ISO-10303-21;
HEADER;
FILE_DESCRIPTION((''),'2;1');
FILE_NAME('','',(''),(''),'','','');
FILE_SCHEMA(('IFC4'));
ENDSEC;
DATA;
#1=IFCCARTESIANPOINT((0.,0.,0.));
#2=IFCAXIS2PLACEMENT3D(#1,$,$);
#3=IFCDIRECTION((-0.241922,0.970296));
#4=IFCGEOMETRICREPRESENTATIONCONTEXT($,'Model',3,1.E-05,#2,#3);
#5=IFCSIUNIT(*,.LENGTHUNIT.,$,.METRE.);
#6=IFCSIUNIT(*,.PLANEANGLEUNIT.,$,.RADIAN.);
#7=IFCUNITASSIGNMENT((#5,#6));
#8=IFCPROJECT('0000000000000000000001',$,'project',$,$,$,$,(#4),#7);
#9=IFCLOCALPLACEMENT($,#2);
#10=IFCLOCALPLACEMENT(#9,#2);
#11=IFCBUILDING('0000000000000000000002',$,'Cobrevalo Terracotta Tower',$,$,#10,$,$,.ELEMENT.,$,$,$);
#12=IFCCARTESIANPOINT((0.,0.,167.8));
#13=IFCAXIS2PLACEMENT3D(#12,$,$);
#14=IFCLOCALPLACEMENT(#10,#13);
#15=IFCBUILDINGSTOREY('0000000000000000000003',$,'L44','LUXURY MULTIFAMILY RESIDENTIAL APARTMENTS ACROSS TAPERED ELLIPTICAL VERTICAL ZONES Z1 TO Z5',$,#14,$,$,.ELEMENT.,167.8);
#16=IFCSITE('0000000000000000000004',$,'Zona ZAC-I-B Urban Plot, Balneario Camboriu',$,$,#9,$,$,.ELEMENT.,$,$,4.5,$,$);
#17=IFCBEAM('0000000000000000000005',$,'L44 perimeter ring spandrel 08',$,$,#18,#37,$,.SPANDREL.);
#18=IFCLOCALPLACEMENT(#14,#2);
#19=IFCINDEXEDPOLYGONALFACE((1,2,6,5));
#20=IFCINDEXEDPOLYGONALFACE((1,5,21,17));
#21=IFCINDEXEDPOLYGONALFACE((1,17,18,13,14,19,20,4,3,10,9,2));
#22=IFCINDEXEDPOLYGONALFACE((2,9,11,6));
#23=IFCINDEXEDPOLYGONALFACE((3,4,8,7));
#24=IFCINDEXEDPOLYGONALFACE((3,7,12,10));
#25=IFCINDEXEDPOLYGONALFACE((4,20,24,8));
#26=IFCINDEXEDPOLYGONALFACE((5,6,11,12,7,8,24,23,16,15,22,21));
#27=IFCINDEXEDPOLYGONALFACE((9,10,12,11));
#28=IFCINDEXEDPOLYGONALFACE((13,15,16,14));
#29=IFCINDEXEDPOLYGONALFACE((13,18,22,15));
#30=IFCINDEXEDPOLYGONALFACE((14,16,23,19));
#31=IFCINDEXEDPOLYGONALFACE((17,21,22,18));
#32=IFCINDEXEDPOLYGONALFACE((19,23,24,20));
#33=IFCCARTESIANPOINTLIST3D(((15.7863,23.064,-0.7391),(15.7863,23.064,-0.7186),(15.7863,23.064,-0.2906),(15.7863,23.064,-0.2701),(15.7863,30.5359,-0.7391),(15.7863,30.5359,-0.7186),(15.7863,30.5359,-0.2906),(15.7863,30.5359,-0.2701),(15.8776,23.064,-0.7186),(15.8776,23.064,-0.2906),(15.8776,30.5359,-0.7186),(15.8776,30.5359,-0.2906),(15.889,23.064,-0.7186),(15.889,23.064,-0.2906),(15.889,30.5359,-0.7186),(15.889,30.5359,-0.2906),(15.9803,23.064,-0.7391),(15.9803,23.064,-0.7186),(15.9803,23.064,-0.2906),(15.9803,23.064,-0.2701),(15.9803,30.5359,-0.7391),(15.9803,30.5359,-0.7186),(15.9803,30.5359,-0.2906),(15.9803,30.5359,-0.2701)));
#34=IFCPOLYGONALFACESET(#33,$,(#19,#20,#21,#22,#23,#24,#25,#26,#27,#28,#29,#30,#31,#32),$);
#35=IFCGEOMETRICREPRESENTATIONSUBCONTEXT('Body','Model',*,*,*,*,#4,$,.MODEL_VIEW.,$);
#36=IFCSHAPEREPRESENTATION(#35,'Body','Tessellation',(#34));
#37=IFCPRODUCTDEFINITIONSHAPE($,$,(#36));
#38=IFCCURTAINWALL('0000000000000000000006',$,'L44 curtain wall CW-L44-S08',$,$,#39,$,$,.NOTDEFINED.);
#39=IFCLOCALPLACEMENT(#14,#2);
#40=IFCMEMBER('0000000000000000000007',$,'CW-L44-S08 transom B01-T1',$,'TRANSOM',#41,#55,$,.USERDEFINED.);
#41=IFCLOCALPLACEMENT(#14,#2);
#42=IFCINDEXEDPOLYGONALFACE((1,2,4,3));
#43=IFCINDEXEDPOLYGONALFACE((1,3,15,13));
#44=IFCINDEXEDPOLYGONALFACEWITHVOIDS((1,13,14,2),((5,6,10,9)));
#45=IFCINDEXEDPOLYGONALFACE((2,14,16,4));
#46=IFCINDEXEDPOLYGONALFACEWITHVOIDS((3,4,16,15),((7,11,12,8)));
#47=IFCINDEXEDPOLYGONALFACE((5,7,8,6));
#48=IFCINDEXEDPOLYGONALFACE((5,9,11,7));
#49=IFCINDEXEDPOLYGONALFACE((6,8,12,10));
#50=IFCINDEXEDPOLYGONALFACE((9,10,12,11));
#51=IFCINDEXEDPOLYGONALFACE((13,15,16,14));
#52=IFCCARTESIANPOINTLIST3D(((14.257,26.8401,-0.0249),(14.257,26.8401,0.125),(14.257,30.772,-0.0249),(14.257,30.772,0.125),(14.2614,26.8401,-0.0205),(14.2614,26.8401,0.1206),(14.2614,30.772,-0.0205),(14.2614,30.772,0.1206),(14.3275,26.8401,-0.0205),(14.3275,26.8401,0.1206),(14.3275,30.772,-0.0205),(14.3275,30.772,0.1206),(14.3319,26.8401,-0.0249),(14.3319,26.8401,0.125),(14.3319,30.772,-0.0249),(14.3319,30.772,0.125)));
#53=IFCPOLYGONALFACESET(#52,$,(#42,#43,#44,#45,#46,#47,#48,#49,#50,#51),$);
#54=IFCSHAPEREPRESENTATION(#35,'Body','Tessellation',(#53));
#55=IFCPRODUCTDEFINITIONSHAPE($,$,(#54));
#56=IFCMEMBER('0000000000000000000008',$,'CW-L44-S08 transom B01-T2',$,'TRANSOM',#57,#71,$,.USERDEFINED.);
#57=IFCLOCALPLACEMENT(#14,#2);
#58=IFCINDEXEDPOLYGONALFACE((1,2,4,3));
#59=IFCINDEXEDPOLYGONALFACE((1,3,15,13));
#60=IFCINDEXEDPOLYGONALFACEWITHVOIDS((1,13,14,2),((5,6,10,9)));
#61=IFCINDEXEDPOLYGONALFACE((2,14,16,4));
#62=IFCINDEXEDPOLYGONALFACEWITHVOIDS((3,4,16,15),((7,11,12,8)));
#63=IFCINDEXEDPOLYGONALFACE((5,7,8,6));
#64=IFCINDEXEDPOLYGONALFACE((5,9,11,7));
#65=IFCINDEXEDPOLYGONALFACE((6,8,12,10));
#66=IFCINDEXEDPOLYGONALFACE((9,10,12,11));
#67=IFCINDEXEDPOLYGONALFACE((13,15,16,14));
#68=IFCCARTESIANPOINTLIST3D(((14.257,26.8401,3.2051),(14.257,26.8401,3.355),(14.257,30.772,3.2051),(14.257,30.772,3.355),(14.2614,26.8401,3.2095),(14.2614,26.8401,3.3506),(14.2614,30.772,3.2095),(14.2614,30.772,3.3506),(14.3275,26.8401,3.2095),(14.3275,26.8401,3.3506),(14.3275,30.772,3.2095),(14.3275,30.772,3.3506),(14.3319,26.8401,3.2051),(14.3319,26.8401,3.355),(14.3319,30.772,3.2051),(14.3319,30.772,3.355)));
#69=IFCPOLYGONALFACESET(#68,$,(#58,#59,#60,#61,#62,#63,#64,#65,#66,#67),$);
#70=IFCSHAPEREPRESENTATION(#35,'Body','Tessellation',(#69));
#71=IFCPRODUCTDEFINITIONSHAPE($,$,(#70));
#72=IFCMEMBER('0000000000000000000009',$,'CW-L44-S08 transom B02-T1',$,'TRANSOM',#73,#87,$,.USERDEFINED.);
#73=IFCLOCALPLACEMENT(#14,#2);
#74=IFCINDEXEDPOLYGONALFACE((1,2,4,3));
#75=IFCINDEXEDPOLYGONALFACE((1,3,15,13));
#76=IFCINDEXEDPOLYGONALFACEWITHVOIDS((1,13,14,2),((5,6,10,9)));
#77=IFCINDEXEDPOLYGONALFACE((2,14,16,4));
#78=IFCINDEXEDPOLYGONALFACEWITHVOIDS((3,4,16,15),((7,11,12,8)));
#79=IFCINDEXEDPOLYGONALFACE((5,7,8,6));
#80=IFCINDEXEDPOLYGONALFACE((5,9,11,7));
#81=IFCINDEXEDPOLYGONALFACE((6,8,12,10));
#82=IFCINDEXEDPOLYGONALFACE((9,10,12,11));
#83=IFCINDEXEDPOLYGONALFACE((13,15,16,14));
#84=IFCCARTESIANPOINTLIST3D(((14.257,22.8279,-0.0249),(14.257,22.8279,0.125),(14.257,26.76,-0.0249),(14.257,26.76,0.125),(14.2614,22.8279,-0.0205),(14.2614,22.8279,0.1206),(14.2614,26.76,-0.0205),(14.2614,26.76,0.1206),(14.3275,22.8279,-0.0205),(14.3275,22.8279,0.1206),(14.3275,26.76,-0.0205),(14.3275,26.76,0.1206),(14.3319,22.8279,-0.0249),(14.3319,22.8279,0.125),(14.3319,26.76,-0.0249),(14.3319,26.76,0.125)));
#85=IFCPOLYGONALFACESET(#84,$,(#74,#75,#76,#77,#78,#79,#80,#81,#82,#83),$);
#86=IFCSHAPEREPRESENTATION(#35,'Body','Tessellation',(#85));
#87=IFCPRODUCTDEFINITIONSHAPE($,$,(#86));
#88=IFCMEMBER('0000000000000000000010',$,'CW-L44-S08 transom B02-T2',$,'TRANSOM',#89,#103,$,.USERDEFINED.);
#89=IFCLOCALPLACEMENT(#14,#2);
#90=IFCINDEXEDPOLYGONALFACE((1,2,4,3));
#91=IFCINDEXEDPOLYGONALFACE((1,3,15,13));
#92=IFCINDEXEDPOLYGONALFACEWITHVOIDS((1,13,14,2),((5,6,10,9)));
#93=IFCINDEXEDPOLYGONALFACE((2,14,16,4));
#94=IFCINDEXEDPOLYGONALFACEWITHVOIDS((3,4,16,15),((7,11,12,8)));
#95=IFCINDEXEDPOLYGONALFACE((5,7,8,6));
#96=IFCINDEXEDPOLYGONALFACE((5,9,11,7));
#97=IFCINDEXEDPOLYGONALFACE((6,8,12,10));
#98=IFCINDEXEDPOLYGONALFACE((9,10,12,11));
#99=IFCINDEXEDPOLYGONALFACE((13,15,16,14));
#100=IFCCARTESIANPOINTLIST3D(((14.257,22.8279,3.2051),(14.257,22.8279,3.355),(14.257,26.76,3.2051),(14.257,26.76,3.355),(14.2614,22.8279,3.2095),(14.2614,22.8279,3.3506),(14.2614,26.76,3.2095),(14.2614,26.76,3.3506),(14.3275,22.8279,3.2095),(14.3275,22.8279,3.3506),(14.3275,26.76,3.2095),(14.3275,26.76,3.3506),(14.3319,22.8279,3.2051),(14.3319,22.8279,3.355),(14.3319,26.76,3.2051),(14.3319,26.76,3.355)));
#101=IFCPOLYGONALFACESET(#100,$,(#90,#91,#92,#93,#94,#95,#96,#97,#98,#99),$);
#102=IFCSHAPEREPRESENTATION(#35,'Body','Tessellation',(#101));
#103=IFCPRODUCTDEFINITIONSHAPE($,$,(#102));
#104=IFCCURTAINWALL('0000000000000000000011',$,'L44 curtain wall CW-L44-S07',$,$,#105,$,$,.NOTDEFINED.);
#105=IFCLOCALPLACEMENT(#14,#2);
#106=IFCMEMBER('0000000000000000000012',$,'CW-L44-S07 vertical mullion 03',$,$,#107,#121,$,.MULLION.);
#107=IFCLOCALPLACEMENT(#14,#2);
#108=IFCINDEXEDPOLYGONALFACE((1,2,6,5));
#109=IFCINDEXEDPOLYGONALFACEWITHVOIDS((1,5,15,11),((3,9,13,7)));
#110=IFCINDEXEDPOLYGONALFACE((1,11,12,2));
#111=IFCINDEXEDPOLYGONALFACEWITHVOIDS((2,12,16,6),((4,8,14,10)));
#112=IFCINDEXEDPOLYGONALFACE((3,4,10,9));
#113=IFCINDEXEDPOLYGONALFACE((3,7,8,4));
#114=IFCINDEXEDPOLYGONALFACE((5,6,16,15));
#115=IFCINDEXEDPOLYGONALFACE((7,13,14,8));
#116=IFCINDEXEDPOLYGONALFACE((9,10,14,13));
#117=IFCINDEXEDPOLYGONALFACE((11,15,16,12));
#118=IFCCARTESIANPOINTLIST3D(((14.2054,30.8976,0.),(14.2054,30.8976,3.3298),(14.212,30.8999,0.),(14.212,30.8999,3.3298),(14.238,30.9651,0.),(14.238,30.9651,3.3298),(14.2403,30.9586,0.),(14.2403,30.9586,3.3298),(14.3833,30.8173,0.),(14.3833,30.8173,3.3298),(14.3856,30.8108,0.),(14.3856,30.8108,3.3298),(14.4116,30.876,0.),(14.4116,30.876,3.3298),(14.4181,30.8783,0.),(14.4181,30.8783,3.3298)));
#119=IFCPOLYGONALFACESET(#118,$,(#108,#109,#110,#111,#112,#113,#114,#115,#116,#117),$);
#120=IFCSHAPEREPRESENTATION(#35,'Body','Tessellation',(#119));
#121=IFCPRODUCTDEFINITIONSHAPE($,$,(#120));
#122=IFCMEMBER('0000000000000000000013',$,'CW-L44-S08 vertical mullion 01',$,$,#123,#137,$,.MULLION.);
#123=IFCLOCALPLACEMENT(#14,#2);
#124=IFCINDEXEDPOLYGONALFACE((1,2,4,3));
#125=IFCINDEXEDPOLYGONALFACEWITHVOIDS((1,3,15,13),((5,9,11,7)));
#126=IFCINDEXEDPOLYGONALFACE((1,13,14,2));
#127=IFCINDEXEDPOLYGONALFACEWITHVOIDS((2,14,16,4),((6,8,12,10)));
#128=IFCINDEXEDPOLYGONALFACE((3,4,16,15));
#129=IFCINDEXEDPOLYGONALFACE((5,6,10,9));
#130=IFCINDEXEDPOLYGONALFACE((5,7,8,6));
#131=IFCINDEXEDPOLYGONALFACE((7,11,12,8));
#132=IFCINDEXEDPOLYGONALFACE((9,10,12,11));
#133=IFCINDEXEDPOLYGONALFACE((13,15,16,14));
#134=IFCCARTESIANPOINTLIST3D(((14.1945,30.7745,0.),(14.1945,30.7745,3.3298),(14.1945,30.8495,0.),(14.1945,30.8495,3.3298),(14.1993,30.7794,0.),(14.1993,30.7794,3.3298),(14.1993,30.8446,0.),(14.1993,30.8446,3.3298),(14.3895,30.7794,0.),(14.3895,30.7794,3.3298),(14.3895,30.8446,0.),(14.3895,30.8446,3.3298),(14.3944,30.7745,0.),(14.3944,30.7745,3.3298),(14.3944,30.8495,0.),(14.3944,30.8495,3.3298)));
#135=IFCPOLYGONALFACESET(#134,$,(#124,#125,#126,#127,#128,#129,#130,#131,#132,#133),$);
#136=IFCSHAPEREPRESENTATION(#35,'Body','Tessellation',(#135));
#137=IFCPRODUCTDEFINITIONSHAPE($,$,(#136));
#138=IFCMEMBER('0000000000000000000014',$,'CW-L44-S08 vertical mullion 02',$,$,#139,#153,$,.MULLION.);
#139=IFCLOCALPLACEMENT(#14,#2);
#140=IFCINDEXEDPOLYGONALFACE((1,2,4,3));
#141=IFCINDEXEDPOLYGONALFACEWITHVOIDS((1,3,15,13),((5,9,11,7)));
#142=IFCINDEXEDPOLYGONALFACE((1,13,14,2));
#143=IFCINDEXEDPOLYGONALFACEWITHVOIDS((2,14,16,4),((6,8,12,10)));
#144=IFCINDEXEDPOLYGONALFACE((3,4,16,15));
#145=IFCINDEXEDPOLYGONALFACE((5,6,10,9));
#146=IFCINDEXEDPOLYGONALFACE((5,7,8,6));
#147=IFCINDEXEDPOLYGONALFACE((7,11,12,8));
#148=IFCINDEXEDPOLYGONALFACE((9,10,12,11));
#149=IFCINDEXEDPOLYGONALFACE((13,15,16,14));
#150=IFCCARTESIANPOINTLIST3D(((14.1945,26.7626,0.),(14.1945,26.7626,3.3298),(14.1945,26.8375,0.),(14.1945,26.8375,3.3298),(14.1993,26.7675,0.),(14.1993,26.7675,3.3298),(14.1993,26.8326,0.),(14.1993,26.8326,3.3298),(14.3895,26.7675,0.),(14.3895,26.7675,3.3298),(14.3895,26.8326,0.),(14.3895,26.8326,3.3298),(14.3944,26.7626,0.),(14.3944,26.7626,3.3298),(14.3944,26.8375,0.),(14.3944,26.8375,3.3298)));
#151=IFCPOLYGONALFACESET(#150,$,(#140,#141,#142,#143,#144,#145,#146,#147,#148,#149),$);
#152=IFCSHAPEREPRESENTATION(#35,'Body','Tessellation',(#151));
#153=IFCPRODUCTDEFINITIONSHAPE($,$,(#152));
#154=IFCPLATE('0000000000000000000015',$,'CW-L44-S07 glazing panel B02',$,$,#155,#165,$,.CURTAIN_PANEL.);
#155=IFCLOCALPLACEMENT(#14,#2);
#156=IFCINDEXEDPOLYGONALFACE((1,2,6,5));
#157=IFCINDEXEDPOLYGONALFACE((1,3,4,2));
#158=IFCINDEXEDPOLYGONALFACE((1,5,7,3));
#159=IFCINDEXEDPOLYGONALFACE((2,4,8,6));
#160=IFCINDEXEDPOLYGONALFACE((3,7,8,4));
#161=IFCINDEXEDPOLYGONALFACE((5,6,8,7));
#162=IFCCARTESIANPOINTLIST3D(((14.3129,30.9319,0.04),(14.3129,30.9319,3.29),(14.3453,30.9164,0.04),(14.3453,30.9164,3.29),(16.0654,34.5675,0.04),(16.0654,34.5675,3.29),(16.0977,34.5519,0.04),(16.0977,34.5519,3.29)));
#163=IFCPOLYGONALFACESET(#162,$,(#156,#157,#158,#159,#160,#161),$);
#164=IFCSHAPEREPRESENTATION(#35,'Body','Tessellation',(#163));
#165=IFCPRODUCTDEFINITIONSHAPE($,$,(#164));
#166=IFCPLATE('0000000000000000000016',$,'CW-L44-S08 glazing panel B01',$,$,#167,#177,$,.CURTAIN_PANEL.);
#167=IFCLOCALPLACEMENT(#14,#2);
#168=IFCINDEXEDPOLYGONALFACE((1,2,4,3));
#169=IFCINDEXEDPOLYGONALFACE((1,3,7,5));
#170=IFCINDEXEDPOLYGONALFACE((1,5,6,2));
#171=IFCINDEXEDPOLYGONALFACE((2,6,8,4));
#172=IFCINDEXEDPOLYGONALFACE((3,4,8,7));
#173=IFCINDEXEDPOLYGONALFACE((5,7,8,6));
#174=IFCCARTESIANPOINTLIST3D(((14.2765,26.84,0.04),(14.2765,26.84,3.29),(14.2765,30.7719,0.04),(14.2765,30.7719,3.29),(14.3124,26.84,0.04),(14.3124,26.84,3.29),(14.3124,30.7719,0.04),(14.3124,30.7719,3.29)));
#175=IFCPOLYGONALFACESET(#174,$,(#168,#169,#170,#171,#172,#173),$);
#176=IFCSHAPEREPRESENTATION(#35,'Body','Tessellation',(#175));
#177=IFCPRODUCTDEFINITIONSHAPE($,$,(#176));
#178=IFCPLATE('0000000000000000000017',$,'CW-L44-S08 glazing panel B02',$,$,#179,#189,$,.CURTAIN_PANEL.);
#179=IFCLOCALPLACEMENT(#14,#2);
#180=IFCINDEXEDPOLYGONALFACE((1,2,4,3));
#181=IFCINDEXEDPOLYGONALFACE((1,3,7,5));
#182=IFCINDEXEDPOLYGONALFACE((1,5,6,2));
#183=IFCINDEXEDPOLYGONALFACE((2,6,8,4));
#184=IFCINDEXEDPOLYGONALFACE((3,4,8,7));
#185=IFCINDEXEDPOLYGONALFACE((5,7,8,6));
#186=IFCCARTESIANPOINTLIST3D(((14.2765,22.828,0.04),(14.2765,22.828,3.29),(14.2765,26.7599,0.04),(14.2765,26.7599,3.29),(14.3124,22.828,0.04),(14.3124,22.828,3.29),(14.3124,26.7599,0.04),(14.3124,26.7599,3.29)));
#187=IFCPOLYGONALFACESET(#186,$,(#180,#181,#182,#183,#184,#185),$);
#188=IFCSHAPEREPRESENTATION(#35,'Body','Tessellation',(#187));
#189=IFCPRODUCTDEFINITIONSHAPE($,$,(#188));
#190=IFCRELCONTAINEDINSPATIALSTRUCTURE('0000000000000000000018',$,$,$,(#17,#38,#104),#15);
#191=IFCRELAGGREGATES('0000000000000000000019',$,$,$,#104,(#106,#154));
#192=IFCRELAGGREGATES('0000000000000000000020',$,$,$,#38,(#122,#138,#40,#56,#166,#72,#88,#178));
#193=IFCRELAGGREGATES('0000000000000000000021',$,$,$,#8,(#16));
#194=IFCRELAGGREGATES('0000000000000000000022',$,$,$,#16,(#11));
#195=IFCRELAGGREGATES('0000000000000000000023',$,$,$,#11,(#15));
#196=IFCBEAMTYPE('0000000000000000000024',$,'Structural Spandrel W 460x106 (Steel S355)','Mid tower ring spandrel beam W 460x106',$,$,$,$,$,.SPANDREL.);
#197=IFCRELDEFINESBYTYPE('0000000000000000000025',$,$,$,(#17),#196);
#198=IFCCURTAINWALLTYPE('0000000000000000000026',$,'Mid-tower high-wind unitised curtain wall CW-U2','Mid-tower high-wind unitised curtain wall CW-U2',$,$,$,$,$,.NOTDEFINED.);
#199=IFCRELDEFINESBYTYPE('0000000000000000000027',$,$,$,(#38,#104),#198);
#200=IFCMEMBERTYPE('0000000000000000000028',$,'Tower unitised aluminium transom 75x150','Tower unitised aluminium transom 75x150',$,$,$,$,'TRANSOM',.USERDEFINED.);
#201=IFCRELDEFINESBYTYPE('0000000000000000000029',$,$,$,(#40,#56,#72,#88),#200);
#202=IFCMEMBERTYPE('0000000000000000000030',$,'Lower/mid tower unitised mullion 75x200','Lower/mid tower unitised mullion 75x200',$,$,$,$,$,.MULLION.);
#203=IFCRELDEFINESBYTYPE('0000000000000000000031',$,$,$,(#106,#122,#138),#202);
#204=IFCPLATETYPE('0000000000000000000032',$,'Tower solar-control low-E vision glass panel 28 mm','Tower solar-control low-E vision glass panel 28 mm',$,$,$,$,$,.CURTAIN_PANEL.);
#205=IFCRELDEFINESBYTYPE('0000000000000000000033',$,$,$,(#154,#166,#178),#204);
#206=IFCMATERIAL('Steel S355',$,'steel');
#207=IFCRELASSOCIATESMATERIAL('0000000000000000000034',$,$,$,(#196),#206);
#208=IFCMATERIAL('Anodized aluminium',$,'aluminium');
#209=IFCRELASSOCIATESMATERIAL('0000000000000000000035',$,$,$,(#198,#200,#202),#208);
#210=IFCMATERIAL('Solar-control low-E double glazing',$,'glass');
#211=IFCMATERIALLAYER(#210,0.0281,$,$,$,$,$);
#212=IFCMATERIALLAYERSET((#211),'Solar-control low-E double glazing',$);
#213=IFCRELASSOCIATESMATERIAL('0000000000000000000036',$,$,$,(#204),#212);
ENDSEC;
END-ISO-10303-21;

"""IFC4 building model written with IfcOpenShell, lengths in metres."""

from ifc_helpers import new_model, si_unit, direction, frame, origin, origin_2d, place, context, subcontext, project, spatial, rectangle, hollow_rectangle, i_section, extrude, source, transform, mapped, material, layer, layer_set, material_profile, profile_set, type_object, element, aggregate, save


model = new_model("IFC4")

# Units and contexts
model_context = context("Model", 3, precision=1e-05, world=origin(), true_north=direction((-0.241922, 0.970296)))
body_context = subcontext(model_context, "Body", "Model", "MODEL_VIEW")
ifc_project = project(units=[si_unit("LENGTHUNIT", "METRE"), si_unit("PLANEANGLEUNIT", "RADIAN")], contexts=[model_context])

# Site, building, storey
site_placement = place(None, origin())
site = spatial("IfcSite", under=ifc_project, at=site_placement, Name="Zona ZAC-I-B Urban Plot, Balneario Camboriu", CompositionType="ELEMENT", RefElevation=4.5)
building_placement = place(site_placement, origin())
building = spatial("IfcBuilding", under=site, at=building_placement, Name="Cobrevalo Terracotta Tower", CompositionType="ELEMENT")
storey_placement = place(building_placement, frame((0.0, 0.0, 167.8)))
storey = spatial("IfcBuildingStorey", under=building, at=storey_placement, Name="L44", Description="LUXURY MULTIFAMILY RESIDENTIAL APARTMENTS ACROSS TAPERED ELLIPTICAL VERTICAL ZONES Z1 TO Z5", CompositionType="ELEMENT", Elevation=167.8)

# Shared definitions
ifc_material_1 = material(Name="Steel S355", Category="steel")

# Beam
ifc_material_profile_1 = material_profile(ifc_material_1, i_section(OverallWidth=0.1941, OverallDepth=0.469, WebThickness=0.0115, FlangeThickness=0.0205, at=origin_2d()), Name="W 460x106")
ifc_profile_set_1 = profile_set([ifc_material_profile_1], Name="Steel S355")
beam_type_1 = type_object("IfcBeamType", Name="Structural Spandrel W 460x106 (Steel S355)", Description="Mid tower ring spandrel beam W 460x106", PredefinedType="SPANDREL", material=ifc_profile_set_1)
beam_1_placement = place(storey_placement, frame((15.8833, 30.5359, -0.5046), z_axis=(0.0, -1.0, 0.0), x_axis=(1.0, 0.0, 0.0)))
element("IfcBeam", 1, at=beam_1_placement, inside=storey, type_object=beam_type_1, Name="L44 perimeter ring spandrel 08", PredefinedType="SPANDREL", context=body_context, shape_type="SweptSolid", body=[
    extrude(i_section(OverallWidth=0.1941, OverallDepth=0.469, WebThickness=0.0115, FlangeThickness=0.0205, at=origin_2d()), origin(), (0.0, 0.0, 1.0), 7.4719),
])

# Curtain wall, members
ifc_material_2 = material(Name="Anodized aluminium", Category="aluminium")
curtain_wall_type = type_object("IfcCurtainWallType", Name="Mid-tower high-wind unitised curtain wall CW-U2", Description="Mid-tower high-wind unitised curtain wall CW-U2", PredefinedType="NOTDEFINED", material=ifc_material_2)
curtain_wall_1_placement = place(storey_placement, origin())
curtain_wall_1 = element("IfcCurtainWall", 2, at=curtain_wall_1_placement, inside=storey, type_object=curtain_wall_type, Name="L44 curtain wall CW-L44-S08", PredefinedType="NOTDEFINED")
ifc_material_profile_2 = material_profile(ifc_material_2, hollow_rectangle(XDim=0.075, YDim=0.1499, WallThickness=0.0044, at=origin_2d()), Name="CWT 75x150")
ifc_profile_set_2 = profile_set([ifc_material_profile_2], Name="Anodized aluminium")
member_type_1 = type_object("IfcMemberType", Name="Tower unitised aluminium transom 75x150", Description="Tower unitised aluminium transom 75x150", ElementType="TRANSOM", PredefinedType="USERDEFINED", material=ifc_profile_set_2)
shared_shape_1 = source(origin(), body_context, "Body", "SweptSolid", [
    extrude(hollow_rectangle(XDim=0.075, YDim=0.1499, WallThickness=0.0044, at=origin_2d()), origin(), (0.0, 0.0, 1.0), 3.9319),
])
member_1_placement = place(storey_placement, frame((14.2944, 30.772, 0.05), z_axis=(0.0, -1.0, 0.0), x_axis=(1.0, 0.0, 0.0)))
member_1 = element("IfcMember", 3, at=member_1_placement, type_object=member_type_1, Name="CW-L44-S08 transom B01-T1", ObjectType="TRANSOM", PredefinedType="USERDEFINED", context=body_context, shape_type="MappedRepresentation", body=[
    mapped(shared_shape_1, transform((0.0, 0.0, 0.0), scale=1.0)),
])
member_2_placement = place(storey_placement, frame((14.2944, 30.772, 3.28), z_axis=(0.0, -1.0, 0.0), x_axis=(1.0, 0.0, 0.0)))
member_2 = element("IfcMember", 4, at=member_2_placement, type_object=member_type_1, Name="CW-L44-S08 transom B01-T2", ObjectType="TRANSOM", PredefinedType="USERDEFINED", context=body_context, shape_type="MappedRepresentation", body=[
    mapped(shared_shape_1, transform((0.0, 0.0, 0.0), scale=1.0)),
])
shared_shape_2 = source(origin(), body_context, "Body", "SweptSolid", [
    extrude(hollow_rectangle(XDim=0.075, YDim=0.1499, WallThickness=0.0044, at=origin_2d()), origin(), (0.0, 0.0, 1.0), 3.9321),
])
member_3_placement = place(storey_placement, frame((14.2944, 26.76, 0.05), z_axis=(0.0, -1.0, 0.0), x_axis=(1.0, 0.0, 0.0)))
member_3 = element("IfcMember", 5, at=member_3_placement, type_object=member_type_1, Name="CW-L44-S08 transom B02-T1", ObjectType="TRANSOM", PredefinedType="USERDEFINED", context=body_context, shape_type="MappedRepresentation", body=[
    mapped(shared_shape_2, transform((0.0, 0.0, 0.0), scale=1.0)),
])
member_4_placement = place(storey_placement, frame((14.2944, 26.76, 3.28), z_axis=(0.0, -1.0, 0.0), x_axis=(1.0, 0.0, 0.0)))
member_4 = element("IfcMember", 6, at=member_4_placement, type_object=member_type_1, Name="CW-L44-S08 transom B02-T2", ObjectType="TRANSOM", PredefinedType="USERDEFINED", context=body_context, shape_type="MappedRepresentation", body=[
    mapped(shared_shape_2, transform((0.0, 0.0, 0.0), scale=1.0)),
])

# Curtain wall, member
curtain_wall_2_placement = place(storey_placement, origin())
curtain_wall_2 = element("IfcCurtainWall", 7, at=curtain_wall_2_placement, inside=storey, type_object=curtain_wall_type, Name="L44 curtain wall CW-L44-S07", PredefinedType="NOTDEFINED")
ifc_material_profile_3 = material_profile(ifc_material_2, hollow_rectangle(XDim=0.075, YDim=0.2, WallThickness=0.0049, at=origin_2d()), Name="CWM 75x200")
ifc_profile_set_3 = profile_set([ifc_material_profile_3], Name="Anodized aluminium")
member_type_2 = type_object("IfcMemberType", Name="Lower/mid tower unitised mullion 75x200", Description="Lower/mid tower unitised mullion 75x200", PredefinedType="MULLION", material=ifc_profile_set_3)
shared_shape_3 = source(origin(), body_context, "Body", "SweptSolid", [
    extrude(hollow_rectangle(XDim=0.075, YDim=0.2, WallThickness=0.0049, at=origin_2d()), origin(), (0.0, 0.0, 1.0), 3.3298),
])
member_5_placement = place(storey_placement, frame((14.3118, 30.8879, 0.0), z_axis=(0.0, 0.0, 1.0), x_axis=(-0.434209, -0.900812, 0.0)))
member_5 = element("IfcMember", 8, at=member_5_placement, type_object=member_type_2, Name="CW-L44-S07 vertical mullion 03", PredefinedType="MULLION", context=body_context, shape_type="MappedRepresentation", body=[
    mapped(shared_shape_3, transform((0.0, 0.0, 0.0), scale=1.0)),
])

# Members
member_6_placement = place(storey_placement, frame((14.2944, 30.812, 0.0), z_axis=(0.0, 0.0, 1.0), x_axis=(0.0, -1.0, 0.0)))
member_6 = element("IfcMember", 9, at=member_6_placement, type_object=member_type_2, Name="CW-L44-S08 vertical mullion 01", PredefinedType="MULLION", context=body_context, shape_type="MappedRepresentation", body=[
    mapped(shared_shape_3, transform((0.0, 0.0, 0.0), scale=1.0)),
])
member_7_placement = place(storey_placement, frame((14.2944, 26.8, 0.0), z_axis=(0.0, 0.0, 1.0), x_axis=(0.0, -1.0, 0.0)))
member_7 = element("IfcMember", 10, at=member_7_placement, type_object=member_type_2, Name="CW-L44-S08 vertical mullion 02", PredefinedType="MULLION", context=body_context, shape_type="MappedRepresentation", body=[
    mapped(shared_shape_3, transform((0.0, 0.0, 0.0), scale=1.0)),
])

# Plates
ifc_material_3 = material(Name="Solar-control low-E double glazing", Category="glass")
ifc_layer_1 = layer(ifc_material_3, 0.0281)
ifc_layer_set_1 = layer_set([ifc_layer_1], Name="Solar-control low-E double glazing")
plate_type = type_object("IfcPlateType", Name="Tower solar-control low-E vision glass panel 28 mm", Description="Tower solar-control low-E vision glass panel 28 mm", PredefinedType="CURTAIN_PANEL", material=ifc_layer_set_1)
shared_shape_4 = source(origin(), body_context, "Body", "SweptSolid", [
    extrude(rectangle(XDim=4.0359, YDim=0.0359, at=origin_2d()), origin(), (0.0, 0.0, 1.0), 3.25),
])
plate_1_placement = place(storey_placement, frame((15.2053, 32.7419, 0.04), z_axis=(0.0, 0.0, 1.0), x_axis=(-0.434209, -0.900812, 0.0)))
plate_1 = element("IfcPlate", 11, at=plate_1_placement, type_object=plate_type, Name="CW-L44-S07 glazing panel B02", PredefinedType="CURTAIN_PANEL", context=body_context, shape_type="MappedRepresentation", body=[
    mapped(shared_shape_4, transform((0.0, 0.0, 0.0), scale=1.0)),
])
aggregate(curtain_wall_2, [member_5, plate_1])
shared_shape_5 = source(origin(), body_context, "Body", "SweptSolid", [
    extrude(rectangle(XDim=3.9319, YDim=0.0359, at=origin_2d()), origin(), (0.0, 0.0, 1.0), 3.25),
])
plate_2_placement = place(storey_placement, frame((14.2944, 28.8059, 0.04), z_axis=(0.0, 0.0, 1.0), x_axis=(0.0, -1.0, 0.0)))
plate_2 = element("IfcPlate", 12, at=plate_2_placement, type_object=plate_type, Name="CW-L44-S08 glazing panel B01", PredefinedType="CURTAIN_PANEL", context=body_context, shape_type="MappedRepresentation", body=[
    mapped(shared_shape_5, transform((0.0, 0.0, 0.0), scale=1.0)),
])
plate_3_placement = place(storey_placement, frame((14.2944, 24.7939, 0.04), z_axis=(0.0, 0.0, 1.0), x_axis=(0.0, -1.0, 0.0)))
plate_3 = element("IfcPlate", 13, at=plate_3_placement, type_object=plate_type, Name="CW-L44-S08 glazing panel B02", PredefinedType="CURTAIN_PANEL", context=body_context, shape_type="MappedRepresentation", body=[
    mapped(shared_shape_5, transform((0.0, 0.0, 0.0), scale=1.0)),
])
aggregate(curtain_wall_1, [member_6, member_7, member_1, member_2, plate_2, member_3, member_4, plate_3])

save(model, "model.ifc")
